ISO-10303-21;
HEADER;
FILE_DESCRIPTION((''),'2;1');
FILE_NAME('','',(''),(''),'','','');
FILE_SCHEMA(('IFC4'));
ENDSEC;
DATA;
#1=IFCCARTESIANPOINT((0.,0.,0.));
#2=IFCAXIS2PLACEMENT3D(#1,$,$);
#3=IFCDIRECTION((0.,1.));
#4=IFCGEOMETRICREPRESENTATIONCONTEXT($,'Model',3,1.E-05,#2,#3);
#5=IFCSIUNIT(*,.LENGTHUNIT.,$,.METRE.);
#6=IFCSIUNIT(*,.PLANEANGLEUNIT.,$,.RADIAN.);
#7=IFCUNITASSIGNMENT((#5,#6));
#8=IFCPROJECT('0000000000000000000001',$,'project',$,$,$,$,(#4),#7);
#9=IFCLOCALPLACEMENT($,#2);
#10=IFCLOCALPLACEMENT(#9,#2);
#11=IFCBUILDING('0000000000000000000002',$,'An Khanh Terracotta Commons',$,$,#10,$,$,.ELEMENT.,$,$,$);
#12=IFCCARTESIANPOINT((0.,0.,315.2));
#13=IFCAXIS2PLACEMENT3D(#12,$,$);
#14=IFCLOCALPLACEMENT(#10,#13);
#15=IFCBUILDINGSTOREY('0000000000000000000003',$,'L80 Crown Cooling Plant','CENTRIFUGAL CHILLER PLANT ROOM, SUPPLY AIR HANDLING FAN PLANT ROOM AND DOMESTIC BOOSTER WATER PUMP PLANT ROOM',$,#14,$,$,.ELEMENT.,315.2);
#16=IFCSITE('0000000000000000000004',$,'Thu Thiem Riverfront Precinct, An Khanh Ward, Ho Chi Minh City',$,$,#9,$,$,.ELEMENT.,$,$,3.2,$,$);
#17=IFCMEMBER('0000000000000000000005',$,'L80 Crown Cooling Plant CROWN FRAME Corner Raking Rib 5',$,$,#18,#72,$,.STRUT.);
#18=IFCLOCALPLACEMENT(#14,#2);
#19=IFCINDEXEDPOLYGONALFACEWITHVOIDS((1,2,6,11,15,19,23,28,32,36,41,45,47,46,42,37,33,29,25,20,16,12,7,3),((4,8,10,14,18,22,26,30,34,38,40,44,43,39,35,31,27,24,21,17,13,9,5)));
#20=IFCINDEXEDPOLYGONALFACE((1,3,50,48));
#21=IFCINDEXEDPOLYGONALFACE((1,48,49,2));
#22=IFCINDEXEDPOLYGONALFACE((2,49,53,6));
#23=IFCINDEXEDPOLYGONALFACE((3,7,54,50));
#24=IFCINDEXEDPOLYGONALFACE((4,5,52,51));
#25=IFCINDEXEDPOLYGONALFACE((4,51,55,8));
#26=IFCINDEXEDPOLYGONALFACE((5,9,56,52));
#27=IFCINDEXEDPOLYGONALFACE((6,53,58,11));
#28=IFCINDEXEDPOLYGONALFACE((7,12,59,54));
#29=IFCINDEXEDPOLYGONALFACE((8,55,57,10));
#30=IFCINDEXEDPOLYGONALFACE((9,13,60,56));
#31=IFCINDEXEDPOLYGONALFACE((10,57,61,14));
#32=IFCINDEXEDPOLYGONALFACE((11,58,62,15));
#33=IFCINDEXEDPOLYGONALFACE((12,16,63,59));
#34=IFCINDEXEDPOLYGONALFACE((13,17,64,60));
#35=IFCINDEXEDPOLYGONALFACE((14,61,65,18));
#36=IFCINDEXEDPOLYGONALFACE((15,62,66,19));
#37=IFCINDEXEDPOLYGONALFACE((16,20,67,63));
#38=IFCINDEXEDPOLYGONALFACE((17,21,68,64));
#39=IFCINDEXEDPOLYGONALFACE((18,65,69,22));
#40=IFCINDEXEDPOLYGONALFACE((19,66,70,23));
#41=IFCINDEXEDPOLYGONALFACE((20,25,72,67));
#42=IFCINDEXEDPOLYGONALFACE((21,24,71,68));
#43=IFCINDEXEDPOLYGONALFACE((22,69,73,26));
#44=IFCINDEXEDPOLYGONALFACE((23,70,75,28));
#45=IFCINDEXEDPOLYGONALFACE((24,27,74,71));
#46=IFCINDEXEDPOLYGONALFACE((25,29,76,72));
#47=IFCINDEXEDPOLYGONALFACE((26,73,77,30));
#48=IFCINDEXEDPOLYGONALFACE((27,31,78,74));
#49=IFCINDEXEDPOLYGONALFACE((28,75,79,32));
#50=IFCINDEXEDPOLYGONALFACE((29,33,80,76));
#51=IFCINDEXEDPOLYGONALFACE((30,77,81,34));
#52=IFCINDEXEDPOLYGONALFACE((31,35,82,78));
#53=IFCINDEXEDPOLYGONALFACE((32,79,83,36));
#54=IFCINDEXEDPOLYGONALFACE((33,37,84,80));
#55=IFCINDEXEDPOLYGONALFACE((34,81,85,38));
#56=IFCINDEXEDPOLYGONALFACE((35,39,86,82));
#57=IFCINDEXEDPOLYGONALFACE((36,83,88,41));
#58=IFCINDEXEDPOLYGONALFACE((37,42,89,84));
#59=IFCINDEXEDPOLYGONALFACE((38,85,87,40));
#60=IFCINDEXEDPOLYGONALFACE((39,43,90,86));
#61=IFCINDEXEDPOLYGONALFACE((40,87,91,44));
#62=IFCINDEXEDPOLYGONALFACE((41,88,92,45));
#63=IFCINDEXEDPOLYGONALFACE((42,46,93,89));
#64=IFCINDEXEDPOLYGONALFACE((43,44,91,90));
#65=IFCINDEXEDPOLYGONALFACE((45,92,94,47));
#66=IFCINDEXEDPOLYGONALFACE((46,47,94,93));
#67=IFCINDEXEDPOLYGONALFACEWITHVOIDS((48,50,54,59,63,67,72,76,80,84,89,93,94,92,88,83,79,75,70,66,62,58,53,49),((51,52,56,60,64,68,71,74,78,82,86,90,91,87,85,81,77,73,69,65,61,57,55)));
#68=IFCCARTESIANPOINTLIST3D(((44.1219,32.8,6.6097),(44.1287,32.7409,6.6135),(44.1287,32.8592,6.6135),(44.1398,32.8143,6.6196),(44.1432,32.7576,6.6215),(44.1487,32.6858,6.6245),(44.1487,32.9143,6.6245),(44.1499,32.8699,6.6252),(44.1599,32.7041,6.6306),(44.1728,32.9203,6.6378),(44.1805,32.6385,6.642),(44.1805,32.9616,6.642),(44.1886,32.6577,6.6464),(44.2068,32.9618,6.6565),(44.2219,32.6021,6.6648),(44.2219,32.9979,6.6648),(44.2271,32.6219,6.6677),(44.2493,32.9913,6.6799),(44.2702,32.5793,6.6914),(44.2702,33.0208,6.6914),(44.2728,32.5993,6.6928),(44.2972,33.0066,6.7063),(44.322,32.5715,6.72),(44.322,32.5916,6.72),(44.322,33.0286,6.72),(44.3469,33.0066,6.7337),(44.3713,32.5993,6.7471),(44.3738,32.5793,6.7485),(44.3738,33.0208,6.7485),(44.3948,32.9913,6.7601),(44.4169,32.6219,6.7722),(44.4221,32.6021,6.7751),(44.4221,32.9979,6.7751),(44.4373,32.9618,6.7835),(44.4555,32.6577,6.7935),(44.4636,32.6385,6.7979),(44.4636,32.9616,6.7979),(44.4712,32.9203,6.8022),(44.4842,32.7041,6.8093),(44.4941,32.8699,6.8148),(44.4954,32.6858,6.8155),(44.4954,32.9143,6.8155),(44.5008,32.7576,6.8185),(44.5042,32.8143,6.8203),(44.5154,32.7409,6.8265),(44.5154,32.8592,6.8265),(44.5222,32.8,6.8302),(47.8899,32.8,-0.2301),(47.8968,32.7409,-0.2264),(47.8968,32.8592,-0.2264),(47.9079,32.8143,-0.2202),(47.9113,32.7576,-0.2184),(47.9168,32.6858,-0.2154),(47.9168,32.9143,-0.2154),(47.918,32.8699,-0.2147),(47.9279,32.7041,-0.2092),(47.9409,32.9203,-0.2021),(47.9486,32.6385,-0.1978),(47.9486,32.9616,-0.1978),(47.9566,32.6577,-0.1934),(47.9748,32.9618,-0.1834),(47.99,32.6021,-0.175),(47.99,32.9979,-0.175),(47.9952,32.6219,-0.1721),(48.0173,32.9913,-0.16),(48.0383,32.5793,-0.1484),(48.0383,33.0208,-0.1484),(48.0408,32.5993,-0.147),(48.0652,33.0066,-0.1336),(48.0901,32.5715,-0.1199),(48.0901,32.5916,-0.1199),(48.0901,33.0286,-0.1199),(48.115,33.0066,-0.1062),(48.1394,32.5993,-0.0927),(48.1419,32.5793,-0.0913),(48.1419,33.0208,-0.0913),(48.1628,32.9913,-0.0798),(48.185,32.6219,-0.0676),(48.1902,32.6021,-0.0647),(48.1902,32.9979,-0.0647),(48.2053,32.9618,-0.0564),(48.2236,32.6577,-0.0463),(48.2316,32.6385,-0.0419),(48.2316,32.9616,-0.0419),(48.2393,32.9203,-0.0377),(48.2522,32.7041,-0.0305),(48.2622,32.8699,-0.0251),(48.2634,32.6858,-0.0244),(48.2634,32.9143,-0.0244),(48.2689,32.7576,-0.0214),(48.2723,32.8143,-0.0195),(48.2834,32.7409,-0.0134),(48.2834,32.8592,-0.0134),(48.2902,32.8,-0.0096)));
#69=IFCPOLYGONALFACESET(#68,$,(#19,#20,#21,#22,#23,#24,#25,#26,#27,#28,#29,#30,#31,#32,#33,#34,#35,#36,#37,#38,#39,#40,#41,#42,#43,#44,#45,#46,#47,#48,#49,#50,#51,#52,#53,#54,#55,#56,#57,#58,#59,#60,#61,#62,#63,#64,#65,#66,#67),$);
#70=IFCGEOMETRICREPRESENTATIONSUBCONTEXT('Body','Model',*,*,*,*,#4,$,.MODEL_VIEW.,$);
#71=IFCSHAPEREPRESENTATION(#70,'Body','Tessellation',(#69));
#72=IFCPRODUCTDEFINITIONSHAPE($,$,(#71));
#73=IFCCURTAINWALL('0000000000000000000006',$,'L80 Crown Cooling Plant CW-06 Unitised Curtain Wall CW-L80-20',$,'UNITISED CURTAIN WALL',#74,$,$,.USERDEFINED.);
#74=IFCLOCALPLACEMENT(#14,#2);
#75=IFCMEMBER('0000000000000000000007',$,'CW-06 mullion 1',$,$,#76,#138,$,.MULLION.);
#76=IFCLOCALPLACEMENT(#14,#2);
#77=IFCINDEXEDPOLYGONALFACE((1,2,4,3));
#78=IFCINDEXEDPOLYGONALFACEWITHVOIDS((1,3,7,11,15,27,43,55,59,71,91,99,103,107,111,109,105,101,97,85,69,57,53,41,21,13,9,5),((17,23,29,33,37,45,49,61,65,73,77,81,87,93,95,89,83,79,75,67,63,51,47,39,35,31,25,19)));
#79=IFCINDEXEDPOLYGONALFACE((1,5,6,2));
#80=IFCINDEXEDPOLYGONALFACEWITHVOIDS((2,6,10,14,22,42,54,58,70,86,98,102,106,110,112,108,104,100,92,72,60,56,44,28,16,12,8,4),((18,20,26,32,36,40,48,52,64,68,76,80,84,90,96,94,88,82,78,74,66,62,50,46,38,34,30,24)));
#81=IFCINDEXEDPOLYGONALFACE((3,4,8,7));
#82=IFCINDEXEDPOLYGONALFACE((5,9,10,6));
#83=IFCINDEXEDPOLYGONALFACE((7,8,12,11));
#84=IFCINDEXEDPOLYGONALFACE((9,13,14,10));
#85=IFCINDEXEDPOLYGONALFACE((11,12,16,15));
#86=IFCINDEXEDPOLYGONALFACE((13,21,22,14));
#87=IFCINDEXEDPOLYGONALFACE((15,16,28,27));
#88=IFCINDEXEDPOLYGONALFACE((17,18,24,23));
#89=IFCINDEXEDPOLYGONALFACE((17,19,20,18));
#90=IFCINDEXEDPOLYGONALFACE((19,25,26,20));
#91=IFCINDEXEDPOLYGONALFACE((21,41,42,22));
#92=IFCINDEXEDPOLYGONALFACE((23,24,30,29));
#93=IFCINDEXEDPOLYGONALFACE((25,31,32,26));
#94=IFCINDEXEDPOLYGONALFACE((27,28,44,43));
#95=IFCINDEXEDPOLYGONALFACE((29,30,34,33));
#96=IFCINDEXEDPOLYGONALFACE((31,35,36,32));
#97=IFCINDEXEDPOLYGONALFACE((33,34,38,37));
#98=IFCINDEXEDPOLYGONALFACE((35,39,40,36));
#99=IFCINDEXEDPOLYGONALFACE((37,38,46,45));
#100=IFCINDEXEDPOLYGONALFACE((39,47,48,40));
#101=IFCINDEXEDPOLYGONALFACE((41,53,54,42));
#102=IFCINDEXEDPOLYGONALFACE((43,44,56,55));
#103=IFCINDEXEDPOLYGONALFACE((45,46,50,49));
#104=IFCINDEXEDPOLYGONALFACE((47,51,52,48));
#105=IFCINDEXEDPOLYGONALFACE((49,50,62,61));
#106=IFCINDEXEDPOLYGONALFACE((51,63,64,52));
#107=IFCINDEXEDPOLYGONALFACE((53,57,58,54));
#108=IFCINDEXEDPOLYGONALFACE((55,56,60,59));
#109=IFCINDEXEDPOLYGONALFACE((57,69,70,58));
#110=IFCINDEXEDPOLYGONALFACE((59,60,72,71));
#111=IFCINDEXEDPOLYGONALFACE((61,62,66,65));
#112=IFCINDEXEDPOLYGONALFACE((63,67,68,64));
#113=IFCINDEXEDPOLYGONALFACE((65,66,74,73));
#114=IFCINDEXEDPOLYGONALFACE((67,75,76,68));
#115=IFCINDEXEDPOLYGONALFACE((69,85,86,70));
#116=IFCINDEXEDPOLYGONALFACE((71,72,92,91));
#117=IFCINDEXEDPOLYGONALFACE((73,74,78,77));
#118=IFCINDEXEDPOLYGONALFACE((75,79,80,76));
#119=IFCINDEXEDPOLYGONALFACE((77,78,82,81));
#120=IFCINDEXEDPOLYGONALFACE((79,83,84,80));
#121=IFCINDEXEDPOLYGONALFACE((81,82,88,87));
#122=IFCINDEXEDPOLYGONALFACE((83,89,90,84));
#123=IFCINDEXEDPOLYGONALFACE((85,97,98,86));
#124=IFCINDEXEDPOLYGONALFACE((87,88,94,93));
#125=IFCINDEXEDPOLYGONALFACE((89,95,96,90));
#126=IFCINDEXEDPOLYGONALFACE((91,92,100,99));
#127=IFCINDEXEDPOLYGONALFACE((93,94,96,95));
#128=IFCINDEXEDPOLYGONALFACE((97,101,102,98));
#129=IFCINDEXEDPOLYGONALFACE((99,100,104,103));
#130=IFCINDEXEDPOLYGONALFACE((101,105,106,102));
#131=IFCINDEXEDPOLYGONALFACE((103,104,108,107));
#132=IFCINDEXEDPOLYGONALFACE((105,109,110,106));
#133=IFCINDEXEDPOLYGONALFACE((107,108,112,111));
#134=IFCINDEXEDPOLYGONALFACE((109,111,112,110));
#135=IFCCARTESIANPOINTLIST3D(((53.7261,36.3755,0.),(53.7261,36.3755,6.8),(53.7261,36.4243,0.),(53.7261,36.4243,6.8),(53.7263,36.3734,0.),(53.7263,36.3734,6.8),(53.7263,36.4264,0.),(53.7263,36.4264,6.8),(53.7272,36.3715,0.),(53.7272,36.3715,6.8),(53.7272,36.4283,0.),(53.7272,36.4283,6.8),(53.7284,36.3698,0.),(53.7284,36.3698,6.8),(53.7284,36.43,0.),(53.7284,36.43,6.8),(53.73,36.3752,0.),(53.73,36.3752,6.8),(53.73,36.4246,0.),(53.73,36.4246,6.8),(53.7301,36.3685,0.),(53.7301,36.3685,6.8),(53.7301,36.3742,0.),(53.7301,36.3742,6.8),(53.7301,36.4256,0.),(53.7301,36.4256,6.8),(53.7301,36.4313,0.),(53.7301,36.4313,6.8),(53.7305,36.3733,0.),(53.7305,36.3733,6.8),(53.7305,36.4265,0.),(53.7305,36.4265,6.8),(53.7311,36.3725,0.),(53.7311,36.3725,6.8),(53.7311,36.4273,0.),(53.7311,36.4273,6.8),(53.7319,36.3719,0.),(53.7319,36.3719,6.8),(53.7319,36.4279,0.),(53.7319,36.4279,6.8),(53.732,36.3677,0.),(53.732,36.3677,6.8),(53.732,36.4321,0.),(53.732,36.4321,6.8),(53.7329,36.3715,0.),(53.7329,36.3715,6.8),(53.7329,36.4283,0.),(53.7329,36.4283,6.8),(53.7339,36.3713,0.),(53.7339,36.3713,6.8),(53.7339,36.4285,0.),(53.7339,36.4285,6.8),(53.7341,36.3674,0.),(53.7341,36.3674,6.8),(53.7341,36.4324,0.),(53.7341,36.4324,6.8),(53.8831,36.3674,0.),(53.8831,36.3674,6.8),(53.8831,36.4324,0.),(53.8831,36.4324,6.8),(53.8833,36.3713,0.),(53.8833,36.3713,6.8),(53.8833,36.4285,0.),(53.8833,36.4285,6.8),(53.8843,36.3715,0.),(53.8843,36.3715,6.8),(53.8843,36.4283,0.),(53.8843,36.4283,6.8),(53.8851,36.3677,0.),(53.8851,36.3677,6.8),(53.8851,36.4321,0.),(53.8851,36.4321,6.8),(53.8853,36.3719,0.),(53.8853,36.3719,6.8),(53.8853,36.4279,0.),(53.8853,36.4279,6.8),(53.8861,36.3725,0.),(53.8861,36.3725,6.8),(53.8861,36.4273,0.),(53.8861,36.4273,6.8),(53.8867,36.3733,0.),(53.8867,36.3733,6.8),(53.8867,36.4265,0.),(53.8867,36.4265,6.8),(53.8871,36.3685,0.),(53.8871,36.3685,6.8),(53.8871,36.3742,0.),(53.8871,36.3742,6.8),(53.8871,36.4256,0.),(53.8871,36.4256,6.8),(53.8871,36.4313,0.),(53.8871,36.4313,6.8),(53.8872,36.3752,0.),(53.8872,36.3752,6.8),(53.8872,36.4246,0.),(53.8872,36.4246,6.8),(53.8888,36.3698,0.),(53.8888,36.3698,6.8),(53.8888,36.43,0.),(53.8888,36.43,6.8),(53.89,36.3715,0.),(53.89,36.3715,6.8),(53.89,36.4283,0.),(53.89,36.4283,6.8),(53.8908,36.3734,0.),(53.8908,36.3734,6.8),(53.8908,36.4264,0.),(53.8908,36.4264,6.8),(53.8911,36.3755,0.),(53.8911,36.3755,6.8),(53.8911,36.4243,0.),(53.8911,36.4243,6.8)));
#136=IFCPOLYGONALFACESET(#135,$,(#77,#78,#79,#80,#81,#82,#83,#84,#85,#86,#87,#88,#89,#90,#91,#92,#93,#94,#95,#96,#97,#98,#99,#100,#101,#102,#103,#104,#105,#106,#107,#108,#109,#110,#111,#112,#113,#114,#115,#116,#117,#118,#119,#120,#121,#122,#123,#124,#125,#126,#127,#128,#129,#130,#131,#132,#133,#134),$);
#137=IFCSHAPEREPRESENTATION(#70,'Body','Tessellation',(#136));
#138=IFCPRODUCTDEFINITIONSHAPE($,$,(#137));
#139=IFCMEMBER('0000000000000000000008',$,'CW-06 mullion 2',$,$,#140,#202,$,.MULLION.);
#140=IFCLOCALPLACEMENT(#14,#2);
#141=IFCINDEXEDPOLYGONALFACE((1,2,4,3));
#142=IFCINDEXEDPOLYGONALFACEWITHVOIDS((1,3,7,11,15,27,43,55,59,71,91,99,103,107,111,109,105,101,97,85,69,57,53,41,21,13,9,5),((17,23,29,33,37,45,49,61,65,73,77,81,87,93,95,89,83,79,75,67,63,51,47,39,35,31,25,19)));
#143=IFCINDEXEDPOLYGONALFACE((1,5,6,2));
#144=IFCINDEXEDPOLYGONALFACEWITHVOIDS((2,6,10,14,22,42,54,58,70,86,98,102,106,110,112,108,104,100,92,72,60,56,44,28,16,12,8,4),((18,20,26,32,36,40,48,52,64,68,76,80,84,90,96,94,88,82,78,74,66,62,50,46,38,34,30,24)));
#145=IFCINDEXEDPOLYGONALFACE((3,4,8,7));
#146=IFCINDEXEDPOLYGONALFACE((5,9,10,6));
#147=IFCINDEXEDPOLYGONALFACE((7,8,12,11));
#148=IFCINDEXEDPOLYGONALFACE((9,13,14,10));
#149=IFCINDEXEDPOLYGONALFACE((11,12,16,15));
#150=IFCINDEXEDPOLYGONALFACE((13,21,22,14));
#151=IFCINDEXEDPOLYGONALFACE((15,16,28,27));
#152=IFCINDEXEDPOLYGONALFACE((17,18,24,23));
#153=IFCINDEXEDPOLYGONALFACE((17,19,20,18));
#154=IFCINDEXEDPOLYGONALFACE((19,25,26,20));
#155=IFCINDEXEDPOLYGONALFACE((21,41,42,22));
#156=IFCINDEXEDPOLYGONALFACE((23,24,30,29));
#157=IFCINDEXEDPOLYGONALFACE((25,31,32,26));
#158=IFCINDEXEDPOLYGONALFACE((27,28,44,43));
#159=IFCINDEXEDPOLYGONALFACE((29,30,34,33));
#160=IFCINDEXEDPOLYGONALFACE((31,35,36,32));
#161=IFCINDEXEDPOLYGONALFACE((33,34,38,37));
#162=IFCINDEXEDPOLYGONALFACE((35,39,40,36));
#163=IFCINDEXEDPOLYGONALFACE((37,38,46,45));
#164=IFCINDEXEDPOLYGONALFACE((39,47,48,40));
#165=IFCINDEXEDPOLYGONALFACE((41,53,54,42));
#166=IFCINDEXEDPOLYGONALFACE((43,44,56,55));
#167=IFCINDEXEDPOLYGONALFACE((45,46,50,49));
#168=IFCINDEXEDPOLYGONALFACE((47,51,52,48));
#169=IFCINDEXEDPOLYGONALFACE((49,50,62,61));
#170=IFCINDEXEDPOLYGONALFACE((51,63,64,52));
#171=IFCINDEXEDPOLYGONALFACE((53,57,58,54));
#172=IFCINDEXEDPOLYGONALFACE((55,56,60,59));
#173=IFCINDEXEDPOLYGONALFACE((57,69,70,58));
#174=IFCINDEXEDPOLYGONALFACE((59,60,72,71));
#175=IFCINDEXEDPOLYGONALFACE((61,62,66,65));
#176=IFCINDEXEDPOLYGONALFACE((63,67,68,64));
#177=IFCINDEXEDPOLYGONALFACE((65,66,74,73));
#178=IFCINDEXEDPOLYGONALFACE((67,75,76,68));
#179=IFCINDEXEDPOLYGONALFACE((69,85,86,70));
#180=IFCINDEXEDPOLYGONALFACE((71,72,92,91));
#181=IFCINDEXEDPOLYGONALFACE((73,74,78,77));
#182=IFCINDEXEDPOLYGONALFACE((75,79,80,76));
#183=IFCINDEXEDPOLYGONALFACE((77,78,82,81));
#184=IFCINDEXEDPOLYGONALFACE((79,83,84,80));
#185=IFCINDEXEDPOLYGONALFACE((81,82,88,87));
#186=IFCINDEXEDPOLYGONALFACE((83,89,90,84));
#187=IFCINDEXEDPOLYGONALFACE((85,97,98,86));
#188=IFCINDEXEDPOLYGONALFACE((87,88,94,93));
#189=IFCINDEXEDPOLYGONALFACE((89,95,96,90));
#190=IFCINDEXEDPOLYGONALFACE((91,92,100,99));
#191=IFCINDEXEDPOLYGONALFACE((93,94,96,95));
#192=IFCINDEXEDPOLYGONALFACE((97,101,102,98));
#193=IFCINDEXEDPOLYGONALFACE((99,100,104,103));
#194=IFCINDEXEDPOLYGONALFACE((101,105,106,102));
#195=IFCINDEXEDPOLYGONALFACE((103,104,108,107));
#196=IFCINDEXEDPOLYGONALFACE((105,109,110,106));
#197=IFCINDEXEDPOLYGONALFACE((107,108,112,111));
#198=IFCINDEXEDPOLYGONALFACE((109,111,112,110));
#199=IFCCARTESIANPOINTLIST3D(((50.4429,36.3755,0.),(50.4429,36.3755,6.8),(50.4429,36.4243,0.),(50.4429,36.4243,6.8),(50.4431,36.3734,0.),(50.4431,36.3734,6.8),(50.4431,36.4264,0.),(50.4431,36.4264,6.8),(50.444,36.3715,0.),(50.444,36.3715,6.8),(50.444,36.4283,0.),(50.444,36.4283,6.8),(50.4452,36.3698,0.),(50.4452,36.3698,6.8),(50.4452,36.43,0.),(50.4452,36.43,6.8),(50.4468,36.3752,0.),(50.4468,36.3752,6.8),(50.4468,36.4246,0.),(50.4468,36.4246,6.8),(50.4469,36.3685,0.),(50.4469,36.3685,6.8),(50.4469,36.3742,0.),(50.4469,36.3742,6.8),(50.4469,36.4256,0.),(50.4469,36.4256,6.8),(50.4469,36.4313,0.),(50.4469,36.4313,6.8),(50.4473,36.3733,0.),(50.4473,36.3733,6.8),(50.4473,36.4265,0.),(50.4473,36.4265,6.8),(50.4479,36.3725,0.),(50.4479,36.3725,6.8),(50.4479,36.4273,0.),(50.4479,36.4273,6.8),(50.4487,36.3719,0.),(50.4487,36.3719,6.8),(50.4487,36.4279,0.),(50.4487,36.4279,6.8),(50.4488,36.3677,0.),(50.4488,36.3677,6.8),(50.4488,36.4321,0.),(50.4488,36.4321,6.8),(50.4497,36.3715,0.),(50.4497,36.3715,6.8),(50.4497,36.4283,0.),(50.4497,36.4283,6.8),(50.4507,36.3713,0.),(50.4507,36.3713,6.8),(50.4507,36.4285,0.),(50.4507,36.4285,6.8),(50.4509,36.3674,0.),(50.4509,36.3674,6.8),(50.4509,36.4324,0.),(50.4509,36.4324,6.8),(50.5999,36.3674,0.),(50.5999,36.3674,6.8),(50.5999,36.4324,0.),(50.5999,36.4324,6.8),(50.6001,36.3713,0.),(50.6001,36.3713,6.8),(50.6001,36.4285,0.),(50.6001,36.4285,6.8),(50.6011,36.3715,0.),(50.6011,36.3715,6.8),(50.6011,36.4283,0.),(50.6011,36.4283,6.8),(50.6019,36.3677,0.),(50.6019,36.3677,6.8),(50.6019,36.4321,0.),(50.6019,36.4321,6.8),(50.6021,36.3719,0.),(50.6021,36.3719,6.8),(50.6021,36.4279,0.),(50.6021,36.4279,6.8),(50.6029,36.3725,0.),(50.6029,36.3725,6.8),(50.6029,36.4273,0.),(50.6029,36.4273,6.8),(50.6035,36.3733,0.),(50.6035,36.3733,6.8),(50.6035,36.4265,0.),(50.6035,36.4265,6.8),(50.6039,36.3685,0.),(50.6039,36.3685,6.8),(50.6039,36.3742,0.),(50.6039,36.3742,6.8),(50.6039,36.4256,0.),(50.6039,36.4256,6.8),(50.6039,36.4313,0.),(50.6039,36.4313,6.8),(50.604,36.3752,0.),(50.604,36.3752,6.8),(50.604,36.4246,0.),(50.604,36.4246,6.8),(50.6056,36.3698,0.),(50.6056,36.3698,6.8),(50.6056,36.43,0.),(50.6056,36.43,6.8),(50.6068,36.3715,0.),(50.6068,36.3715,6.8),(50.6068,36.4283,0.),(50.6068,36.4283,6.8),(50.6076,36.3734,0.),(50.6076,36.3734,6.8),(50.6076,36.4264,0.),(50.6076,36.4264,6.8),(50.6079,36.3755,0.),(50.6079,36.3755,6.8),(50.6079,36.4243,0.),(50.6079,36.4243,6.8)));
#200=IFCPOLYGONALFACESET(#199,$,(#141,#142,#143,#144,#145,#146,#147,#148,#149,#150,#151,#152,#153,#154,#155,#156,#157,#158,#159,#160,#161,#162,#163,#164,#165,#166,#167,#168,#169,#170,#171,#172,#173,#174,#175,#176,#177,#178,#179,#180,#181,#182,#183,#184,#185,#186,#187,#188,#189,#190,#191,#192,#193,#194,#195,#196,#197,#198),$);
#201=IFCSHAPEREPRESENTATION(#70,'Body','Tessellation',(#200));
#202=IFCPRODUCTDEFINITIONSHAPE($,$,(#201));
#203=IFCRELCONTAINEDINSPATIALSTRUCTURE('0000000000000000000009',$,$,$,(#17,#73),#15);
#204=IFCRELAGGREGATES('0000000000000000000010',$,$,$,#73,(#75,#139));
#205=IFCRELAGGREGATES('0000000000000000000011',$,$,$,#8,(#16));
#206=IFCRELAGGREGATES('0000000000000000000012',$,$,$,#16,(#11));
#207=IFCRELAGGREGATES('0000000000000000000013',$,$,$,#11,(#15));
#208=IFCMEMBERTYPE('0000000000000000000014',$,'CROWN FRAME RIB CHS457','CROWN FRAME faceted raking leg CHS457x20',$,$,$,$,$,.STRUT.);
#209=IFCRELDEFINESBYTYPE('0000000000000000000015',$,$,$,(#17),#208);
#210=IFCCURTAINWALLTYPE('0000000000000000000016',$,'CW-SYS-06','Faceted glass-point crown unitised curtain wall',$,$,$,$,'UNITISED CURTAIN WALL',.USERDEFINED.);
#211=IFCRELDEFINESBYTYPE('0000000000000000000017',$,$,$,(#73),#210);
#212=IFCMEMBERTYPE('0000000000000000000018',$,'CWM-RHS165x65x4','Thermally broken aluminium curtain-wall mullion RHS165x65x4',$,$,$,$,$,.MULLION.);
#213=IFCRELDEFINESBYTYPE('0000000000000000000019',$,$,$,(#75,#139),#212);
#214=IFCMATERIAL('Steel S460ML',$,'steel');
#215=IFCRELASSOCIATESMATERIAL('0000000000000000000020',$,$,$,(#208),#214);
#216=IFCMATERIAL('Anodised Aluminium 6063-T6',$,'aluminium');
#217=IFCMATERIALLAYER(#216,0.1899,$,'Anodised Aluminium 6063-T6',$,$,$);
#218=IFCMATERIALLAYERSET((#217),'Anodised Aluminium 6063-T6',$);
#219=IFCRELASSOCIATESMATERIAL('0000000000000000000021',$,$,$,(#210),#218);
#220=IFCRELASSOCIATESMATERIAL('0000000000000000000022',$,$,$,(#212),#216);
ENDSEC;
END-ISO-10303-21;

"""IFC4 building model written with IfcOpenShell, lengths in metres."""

from ifc_helpers import new_model, si_unit, direction, frame, origin, origin_2d, place, context, subcontext, project, spatial, hollow_rectangle, hollow_circle, extrude, material, layer, layer_set, material_profile, profile_set, type_object, element, aggregate, save


model = new_model("IFC4")

# Units and contexts
model_context = context("Model", 3, precision=1e-05, world=origin(), true_north=direction((0.0, 1.0)))
body_context = subcontext(model_context, "Body", "Model", "MODEL_VIEW")
ifc_project = project(units=[si_unit("LENGTHUNIT", "METRE"), si_unit("PLANEANGLEUNIT", "RADIAN")], contexts=[model_context])

# Site, building, storey
site_placement = place(None, origin())
site = spatial("IfcSite", under=ifc_project, at=site_placement, Name="Thu Thiem Riverfront Precinct, An Khanh Ward, Ho Chi Minh City", CompositionType="ELEMENT", RefElevation=3.2)
building_placement = place(site_placement, origin())
building = spatial("IfcBuilding", under=site, at=building_placement, Name="An Khanh Terracotta Commons", CompositionType="ELEMENT")
storey_placement = place(building_placement, frame((0.0, 0.0, 315.2)))
storey = spatial("IfcBuildingStorey", under=building, at=storey_placement, Name="L80 Crown Cooling Plant", Description="CENTRIFUGAL CHILLER PLANT ROOM, SUPPLY AIR HANDLING FAN PLANT ROOM AND DOMESTIC BOOSTER WATER PUMP PLANT ROOM", CompositionType="ELEMENT", Elevation=315.2)

# Member
ifc_material_1 = material(Name="Steel S460ML", Category="steel")
ifc_material_profile_1 = material_profile(ifc_material_1, hollow_circle(Radius=0.2285, WallThickness=0.02, at=origin_2d()), Name="CHS457x20")
ifc_profile_set_1 = profile_set([ifc_material_profile_1], Name="Steel S460ML")
member_type_1 = type_object("IfcMemberType", Name="CROWN FRAME RIB CHS457", Description="CROWN FRAME faceted raking leg CHS457x20", PredefinedType="STRUT", material=ifc_profile_set_1)
member_1_placement = place(storey_placement, frame((48.0901, 32.8, -0.1199), z_axis=(-0.482524, 0.0, 0.875883), x_axis=(0.0, -1.0, 0.0)))
element("IfcMember", 1, at=member_1_placement, inside=storey, type_object=member_type_1, Name="L80 Crown Cooling Plant CROWN FRAME Corner Raking Rib 5", PredefinedType="STRUT", context=body_context, shape_type="SweptSolid", body=[
    extrude(hollow_circle(Radius=0.2285, WallThickness=0.02, at=origin_2d()), origin(), (0.0, 0.0, 1.0), 7.8091),
])

# Curtain wall, members
ifc_material_2 = material(Name="Anodised Aluminium 6063-T6", Category="aluminium")
ifc_layer_1 = layer(ifc_material_2, 0.1899, Name="Anodised Aluminium 6063-T6")
ifc_layer_set_1 = layer_set([ifc_layer_1], Name="Anodised Aluminium 6063-T6")
curtain_wall_type = type_object("IfcCurtainWallType", Name="CW-SYS-06", Description="Faceted glass-point crown unitised curtain wall", ElementType="UNITISED CURTAIN WALL", PredefinedType="USERDEFINED", material=ifc_layer_set_1)
curtain_wall_placement = place(storey_placement, origin())
curtain_wall = element("IfcCurtainWall", 2, at=curtain_wall_placement, inside=storey, type_object=curtain_wall_type, Name="L80 Crown Cooling Plant CW-06 Unitised Curtain Wall CW-L80-20", ObjectType="UNITISED CURTAIN WALL", PredefinedType="USERDEFINED")
ifc_material_profile_2 = material_profile(ifc_material_2, hollow_rectangle(XDim=0.0649, YDim=0.165, WallThickness=0.0039, InnerFilletRadius=0.0039, OuterFilletRadius=0.0081, at=origin_2d()), Name="RHS165x65x4")
ifc_profile_set_2 = profile_set([ifc_material_profile_2], Name="Anodised Aluminium 6063-T6")
member_type_2 = type_object("IfcMemberType", Name="CWM-RHS165x65x4", Description="Thermally broken aluminium curtain-wall mullion RHS165x65x4", PredefinedType="MULLION", material=ifc_profile_set_2)
member_2_placement = place(storey_placement, frame((53.8086, 36.3999, 0.0), z_axis=(0.0, 0.0, 1.0), x_axis=(0.0, -1.0, 0.0)))
member_2 = element("IfcMember", 3, at=member_2_placement, type_object=member_type_2, Name="CW-06 mullion 1", PredefinedType="MULLION", context=body_context, shape_type="SweptSolid", body=[
    extrude(hollow_rectangle(XDim=0.0649, YDim=0.165, WallThickness=0.0039, InnerFilletRadius=0.0039, OuterFilletRadius=0.0081, at=origin_2d()), origin(), (0.0, 0.0, 1.0), 6.8),
])
member_3_placement = place(storey_placement, frame((50.5254, 36.3999, 0.0), z_axis=(0.0, 0.0, 1.0), x_axis=(0.0, -1.0, 0.0)))
member_3 = element("IfcMember", 4, at=member_3_placement, type_object=member_type_2, Name="CW-06 mullion 2", PredefinedType="MULLION", context=body_context, shape_type="SweptSolid", body=[
    extrude(hollow_rectangle(XDim=0.0649, YDim=0.165, WallThickness=0.0039, InnerFilletRadius=0.0039, OuterFilletRadius=0.0081, at=origin_2d()), origin(), (0.0, 0.0, 1.0), 6.8),
])

aggregate(curtain_wall, [member_2, member_3])

save(model, "model.ifc")
